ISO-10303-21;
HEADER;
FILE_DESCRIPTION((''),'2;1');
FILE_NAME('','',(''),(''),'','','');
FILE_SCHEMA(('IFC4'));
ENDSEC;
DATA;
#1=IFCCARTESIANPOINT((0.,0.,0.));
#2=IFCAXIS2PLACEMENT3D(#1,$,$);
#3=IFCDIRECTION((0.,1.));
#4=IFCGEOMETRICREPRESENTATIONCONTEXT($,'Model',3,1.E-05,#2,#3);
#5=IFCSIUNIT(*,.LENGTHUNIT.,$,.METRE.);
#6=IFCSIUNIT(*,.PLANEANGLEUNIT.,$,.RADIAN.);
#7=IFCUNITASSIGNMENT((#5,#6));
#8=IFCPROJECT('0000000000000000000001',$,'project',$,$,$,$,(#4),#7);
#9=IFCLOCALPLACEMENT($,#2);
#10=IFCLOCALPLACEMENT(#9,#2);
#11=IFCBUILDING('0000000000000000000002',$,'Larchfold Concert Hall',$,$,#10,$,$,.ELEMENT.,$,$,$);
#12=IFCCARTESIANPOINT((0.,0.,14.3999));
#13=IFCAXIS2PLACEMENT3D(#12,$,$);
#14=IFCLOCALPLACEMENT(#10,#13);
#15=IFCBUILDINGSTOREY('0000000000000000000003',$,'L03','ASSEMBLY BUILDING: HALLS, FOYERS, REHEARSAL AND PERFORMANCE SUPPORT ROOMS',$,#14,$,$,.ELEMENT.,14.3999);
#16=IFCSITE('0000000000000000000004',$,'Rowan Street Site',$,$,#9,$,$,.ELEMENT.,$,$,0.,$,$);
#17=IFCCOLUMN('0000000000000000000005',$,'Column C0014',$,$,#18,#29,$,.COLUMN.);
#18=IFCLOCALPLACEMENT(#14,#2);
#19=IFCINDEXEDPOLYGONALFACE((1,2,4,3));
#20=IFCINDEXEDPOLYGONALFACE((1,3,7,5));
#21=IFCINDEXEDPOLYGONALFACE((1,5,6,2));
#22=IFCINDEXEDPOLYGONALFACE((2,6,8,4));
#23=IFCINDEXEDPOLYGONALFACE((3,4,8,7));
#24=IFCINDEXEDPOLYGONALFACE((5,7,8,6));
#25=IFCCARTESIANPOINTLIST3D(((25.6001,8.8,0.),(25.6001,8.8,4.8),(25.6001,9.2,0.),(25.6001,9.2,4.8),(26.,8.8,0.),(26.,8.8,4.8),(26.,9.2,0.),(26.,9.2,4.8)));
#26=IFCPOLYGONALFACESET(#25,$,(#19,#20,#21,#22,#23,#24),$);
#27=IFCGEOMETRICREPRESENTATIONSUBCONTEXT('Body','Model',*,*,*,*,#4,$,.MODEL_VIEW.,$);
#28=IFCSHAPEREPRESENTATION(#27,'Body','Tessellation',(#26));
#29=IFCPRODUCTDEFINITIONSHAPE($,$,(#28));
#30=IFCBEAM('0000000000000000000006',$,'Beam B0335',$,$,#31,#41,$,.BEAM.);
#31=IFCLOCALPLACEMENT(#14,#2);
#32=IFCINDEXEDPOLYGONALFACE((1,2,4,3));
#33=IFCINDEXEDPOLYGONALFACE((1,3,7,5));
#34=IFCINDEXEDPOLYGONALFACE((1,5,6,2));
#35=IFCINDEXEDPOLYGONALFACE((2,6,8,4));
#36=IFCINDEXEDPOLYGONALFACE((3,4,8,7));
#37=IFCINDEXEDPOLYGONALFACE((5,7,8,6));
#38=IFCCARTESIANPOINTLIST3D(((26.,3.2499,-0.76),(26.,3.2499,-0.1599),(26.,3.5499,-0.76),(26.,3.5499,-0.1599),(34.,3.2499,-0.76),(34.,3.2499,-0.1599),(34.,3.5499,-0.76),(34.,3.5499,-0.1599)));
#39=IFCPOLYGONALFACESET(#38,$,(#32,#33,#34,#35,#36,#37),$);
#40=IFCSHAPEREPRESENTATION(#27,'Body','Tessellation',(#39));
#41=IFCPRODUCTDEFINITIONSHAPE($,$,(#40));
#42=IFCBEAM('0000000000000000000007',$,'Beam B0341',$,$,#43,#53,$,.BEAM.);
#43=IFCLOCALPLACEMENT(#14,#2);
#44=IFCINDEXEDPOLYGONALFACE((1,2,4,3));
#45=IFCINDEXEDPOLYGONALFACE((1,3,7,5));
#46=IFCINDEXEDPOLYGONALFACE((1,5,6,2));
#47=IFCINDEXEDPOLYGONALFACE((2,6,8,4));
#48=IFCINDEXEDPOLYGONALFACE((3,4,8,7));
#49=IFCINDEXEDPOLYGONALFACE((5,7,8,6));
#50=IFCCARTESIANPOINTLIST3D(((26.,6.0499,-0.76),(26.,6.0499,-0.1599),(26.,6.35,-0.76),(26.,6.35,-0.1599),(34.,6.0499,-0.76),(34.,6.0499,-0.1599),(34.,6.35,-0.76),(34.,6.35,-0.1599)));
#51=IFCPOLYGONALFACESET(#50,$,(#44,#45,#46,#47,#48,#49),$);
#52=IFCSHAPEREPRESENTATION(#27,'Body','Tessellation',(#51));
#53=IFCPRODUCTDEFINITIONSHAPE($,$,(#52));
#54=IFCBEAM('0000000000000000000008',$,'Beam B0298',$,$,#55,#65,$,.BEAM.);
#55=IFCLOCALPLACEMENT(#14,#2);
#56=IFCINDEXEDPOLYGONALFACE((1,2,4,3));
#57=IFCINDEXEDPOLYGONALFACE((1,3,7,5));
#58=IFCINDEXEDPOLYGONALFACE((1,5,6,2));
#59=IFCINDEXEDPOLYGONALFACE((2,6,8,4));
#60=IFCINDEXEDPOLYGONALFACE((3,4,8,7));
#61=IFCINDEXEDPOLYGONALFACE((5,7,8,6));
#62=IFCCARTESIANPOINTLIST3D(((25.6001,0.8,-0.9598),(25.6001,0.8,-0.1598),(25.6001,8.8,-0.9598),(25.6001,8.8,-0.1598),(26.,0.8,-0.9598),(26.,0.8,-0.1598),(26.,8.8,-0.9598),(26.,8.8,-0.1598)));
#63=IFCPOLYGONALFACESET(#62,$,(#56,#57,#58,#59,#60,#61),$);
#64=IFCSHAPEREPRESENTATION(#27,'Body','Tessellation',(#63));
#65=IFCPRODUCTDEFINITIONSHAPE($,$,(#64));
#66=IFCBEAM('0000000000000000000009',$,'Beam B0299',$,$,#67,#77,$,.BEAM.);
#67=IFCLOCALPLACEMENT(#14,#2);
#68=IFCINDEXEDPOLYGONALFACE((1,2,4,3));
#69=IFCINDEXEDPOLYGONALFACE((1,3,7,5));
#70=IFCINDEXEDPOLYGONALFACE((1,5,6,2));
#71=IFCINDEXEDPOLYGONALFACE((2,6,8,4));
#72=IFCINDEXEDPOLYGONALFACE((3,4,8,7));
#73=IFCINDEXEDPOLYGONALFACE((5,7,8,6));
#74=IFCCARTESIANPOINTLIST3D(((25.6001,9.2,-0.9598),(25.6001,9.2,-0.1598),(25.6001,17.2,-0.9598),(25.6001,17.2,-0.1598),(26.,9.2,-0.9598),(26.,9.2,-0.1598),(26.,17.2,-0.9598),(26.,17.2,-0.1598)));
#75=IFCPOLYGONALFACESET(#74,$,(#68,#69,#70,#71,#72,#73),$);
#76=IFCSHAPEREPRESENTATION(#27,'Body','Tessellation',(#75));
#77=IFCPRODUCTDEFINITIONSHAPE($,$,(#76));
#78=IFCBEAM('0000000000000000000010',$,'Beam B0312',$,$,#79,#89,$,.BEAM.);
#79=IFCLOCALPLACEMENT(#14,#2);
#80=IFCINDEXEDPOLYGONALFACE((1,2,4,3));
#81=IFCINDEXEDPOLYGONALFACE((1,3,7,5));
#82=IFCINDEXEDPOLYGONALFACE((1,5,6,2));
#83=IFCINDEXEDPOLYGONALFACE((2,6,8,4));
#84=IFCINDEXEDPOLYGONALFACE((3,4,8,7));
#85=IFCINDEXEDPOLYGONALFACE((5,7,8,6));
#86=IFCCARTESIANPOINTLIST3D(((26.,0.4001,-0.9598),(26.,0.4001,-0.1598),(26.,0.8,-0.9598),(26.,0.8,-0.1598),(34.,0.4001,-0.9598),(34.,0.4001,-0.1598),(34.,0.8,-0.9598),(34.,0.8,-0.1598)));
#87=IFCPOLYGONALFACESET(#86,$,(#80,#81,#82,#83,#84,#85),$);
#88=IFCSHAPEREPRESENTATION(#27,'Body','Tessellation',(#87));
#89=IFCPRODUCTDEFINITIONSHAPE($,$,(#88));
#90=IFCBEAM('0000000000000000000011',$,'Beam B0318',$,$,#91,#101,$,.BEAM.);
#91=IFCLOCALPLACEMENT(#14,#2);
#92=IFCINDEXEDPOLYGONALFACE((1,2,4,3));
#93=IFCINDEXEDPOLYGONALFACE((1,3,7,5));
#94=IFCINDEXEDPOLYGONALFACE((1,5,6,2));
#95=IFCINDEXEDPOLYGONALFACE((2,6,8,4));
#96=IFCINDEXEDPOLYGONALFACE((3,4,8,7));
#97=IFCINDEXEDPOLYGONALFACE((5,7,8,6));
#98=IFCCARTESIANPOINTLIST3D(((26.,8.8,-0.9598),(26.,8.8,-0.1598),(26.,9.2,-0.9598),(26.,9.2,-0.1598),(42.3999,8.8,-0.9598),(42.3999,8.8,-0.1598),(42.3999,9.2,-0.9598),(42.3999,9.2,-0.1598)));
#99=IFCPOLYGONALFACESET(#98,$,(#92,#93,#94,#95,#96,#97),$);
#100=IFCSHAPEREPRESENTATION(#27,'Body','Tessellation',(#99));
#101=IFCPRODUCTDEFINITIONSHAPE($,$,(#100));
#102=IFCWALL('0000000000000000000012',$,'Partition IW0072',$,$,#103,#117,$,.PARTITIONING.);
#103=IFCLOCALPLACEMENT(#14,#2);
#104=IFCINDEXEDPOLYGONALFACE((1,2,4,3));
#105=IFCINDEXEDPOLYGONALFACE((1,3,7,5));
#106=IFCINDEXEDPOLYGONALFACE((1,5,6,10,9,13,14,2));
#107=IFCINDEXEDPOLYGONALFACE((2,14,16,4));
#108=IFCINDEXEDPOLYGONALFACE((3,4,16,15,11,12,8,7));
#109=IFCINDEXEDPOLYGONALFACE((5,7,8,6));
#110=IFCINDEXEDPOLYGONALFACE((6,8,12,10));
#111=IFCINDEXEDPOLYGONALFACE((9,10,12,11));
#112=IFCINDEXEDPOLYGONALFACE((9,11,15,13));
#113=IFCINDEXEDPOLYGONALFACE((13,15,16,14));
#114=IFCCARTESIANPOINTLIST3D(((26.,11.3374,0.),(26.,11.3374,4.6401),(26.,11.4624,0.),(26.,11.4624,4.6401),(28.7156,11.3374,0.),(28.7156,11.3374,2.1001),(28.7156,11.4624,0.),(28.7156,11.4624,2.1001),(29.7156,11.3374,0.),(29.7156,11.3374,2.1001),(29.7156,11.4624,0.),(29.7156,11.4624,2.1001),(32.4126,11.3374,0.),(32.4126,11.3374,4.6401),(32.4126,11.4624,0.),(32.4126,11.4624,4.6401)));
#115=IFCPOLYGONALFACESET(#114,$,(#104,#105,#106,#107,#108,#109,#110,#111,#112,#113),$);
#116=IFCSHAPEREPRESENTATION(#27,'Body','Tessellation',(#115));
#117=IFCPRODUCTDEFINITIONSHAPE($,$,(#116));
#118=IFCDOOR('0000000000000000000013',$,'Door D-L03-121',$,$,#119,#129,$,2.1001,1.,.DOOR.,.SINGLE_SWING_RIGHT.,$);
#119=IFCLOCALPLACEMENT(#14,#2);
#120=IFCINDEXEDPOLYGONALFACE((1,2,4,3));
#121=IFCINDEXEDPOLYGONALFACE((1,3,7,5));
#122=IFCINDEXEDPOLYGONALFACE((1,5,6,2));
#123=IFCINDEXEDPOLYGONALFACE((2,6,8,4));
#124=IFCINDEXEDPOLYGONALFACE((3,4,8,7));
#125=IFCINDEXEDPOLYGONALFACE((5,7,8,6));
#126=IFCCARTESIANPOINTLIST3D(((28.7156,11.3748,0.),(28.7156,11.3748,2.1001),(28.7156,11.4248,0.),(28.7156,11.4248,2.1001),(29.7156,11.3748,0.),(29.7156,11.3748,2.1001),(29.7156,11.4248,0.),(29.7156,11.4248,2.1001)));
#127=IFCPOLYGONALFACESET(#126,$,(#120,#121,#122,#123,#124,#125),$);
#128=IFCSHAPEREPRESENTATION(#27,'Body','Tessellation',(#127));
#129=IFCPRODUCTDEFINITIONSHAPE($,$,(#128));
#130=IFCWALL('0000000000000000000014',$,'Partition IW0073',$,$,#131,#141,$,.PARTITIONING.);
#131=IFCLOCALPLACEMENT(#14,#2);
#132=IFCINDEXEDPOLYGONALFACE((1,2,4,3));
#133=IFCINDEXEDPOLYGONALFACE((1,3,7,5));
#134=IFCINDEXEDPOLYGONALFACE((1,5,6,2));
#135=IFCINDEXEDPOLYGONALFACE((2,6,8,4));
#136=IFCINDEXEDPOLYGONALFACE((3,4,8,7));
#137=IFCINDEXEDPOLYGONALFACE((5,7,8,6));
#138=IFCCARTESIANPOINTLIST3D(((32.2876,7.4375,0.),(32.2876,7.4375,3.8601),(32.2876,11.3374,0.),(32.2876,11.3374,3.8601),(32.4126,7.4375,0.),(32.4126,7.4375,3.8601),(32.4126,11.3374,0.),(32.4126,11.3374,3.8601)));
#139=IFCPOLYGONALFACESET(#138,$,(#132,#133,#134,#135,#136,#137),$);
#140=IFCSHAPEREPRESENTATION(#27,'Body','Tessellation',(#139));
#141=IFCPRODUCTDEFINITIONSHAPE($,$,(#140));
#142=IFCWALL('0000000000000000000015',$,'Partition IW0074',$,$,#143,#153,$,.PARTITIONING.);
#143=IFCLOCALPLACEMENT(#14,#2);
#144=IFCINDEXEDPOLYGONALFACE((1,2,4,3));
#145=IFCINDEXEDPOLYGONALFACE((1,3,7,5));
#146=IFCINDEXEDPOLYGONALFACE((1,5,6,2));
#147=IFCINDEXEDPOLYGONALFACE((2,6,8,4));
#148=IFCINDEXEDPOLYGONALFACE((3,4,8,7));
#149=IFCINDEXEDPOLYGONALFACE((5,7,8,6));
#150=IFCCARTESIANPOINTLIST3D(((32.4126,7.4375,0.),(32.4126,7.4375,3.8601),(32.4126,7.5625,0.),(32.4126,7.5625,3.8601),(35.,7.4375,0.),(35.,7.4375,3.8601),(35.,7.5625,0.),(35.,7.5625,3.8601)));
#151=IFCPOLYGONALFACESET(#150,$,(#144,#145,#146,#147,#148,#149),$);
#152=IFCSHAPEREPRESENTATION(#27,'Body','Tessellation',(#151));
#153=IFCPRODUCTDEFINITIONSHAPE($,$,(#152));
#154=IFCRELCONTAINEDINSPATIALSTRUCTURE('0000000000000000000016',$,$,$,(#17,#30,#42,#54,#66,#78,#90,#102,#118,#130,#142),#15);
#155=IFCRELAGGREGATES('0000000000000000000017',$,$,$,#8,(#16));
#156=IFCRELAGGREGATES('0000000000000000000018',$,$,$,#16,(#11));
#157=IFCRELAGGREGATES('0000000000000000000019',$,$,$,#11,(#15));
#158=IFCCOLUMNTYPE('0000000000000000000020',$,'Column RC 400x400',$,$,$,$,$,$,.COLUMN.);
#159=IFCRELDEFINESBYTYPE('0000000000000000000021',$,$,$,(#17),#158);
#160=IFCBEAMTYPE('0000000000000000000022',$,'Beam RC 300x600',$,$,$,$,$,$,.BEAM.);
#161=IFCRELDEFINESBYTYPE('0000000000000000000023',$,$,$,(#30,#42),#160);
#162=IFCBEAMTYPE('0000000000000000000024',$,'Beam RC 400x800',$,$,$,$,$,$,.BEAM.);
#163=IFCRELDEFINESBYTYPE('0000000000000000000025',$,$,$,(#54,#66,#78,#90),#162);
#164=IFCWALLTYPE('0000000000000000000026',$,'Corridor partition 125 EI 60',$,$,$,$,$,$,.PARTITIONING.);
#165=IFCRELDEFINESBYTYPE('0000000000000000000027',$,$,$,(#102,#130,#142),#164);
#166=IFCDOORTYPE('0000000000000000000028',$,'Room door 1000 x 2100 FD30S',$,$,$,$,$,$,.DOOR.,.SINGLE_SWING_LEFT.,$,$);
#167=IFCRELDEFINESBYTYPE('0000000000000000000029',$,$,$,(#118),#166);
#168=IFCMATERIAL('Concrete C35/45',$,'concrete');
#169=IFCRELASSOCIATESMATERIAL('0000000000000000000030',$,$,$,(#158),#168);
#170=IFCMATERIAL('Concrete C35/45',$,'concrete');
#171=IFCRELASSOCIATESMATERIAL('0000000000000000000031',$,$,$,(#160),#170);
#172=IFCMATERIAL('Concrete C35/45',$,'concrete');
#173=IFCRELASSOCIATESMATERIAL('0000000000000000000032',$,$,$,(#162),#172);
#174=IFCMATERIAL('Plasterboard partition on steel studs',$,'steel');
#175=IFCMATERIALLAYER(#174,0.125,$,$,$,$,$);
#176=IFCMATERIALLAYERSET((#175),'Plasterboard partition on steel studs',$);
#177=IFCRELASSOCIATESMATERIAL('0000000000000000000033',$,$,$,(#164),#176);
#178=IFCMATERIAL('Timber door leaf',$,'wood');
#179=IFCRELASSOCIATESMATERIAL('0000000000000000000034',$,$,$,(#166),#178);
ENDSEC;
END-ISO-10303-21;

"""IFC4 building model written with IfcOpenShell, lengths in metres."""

from ifc_helpers import new_model, si_unit, direction, frame, frame_2d, origin, origin_2d, place, context, subcontext, project, spatial, rectangle, extrude, material, layer, layer_set, material_profile, profile_set, type_object, element, fill, save


model = new_model("IFC4")

# Units and contexts
model_context = context("Model", 3, precision=1e-05, world=origin(), true_north=direction((0.0, 1.0)))
body_context = subcontext(model_context, "Body", "Model", "MODEL_VIEW")
ifc_project = project(units=[si_unit("LENGTHUNIT", "METRE"), si_unit("PLANEANGLEUNIT", "RADIAN")], contexts=[model_context])

# Site, building, storey
site_placement = place(None, origin())
site = spatial("IfcSite", under=ifc_project, at=site_placement, Name="Rowan Street Site", CompositionType="ELEMENT", RefElevation=0.0)
building_placement = place(site_placement, origin())
building = spatial("IfcBuilding", under=site, at=building_placement, Name="Larchfold Concert Hall", CompositionType="ELEMENT")
storey_placement = place(building_placement, frame((0.0, 0.0, 14.3999)))
storey = spatial("IfcBuildingStorey", under=building, at=storey_placement, Name="L03", Description="ASSEMBLY BUILDING: HALLS, FOYERS, REHEARSAL AND PERFORMANCE SUPPORT ROOMS", CompositionType="ELEMENT", Elevation=14.3999)

# Column
ifc_material_1 = material(Name="Concrete C35/45", Category="concrete")
ifc_material_profile_1 = material_profile(ifc_material_1, rectangle(XDim=0.3999, YDim=0.3999, at=origin_2d()))
ifc_profile_set_1 = profile_set([ifc_material_profile_1], Name="Concrete C35/45")
column_type = type_object("IfcColumnType", Name="Column RC 400x400", PredefinedType="COLUMN", material=ifc_profile_set_1)
column_placement = place(storey_placement, frame((25.8, 9.0, 0.0), z_axis=(0.0, 0.0, 1.0), x_axis=(1.0, 0.0, 0.0)))
element("IfcColumn", 1, at=column_placement, inside=storey, type_object=column_type, Name="Column C0014", PredefinedType="COLUMN", context=body_context, shape_type="SweptSolid", body=[
    extrude(rectangle(XDim=0.3999, YDim=0.3999, at=origin_2d()), origin(), (0.0, 0.0, 1.0), 4.8),
])

# Beams
ifc_material_2 = material(Name="Concrete C35/45", Category="concrete")
ifc_material_profile_2 = material_profile(ifc_material_2, rectangle(XDim=0.3, YDim=0.6001, at=origin_2d()))
ifc_profile_set_2 = profile_set([ifc_material_profile_2], Name="Concrete C35/45")
beam_type_1 = type_object("IfcBeamType", Name="Beam RC 300x600", PredefinedType="BEAM", material=ifc_profile_set_2)
for number, where, z_axis, x_axis, name in (
    (2, (26.0, 3.3999, -0.46), (1.0, 0.0, 0.0), (0.0, 1.0, 0.0), "Beam B0335"),
    (3, (26.0, 6.2, -0.46), (1.0, 0.0, 0.0), (0.0, 1.0, 0.0), "Beam B0341"),
):
    element("IfcBeam", number, at=place(storey_placement, frame(where, z_axis=z_axis, x_axis=x_axis)), inside=storey, type_object=beam_type_1, Name=name, PredefinedType="BEAM", context=body_context, shape_type="SweptSolid", body=[
        extrude(rectangle(XDim=0.3, YDim=0.6001, at=origin_2d()), origin(), (0.0, 0.0, 1.0), 8.0),
    ])
ifc_material_3 = material(Name="Concrete C35/45", Category="concrete")
ifc_material_profile_3 = material_profile(ifc_material_3, rectangle(XDim=0.3999, YDim=0.8, at=origin_2d()))
ifc_profile_set_3 = profile_set([ifc_material_profile_3], Name="Concrete C35/45")
beam_type_2 = type_object("IfcBeamType", Name="Beam RC 400x800", PredefinedType="BEAM", material=ifc_profile_set_3)
for number, where, z_axis, x_axis, name in (
    (4, (25.8, 0.8, -0.5598), (0.0, 1.0, 0.0), (-1.0, 0.0, 0.0), "Beam B0298"),
    (5, (25.8, 9.2, -0.5598), (0.0, 1.0, 0.0), (-1.0, 0.0, 0.0), "Beam B0299"),
    (6, (26.0, 0.6001, -0.5598), (1.0, 0.0, 0.0), (0.0, 1.0, 0.0), "Beam B0312"),
):
    element("IfcBeam", number, at=place(storey_placement, frame(where, z_axis=z_axis, x_axis=x_axis)), inside=storey, type_object=beam_type_2, Name=name, PredefinedType="BEAM", context=body_context, shape_type="SweptSolid", body=[
        extrude(rectangle(XDim=0.3999, YDim=0.8, at=origin_2d()), origin(), (0.0, 0.0, 1.0), 8.0),
    ])
beam_placement = place(storey_placement, frame((26.0, 9.0, -0.5598), z_axis=(1.0, 0.0, 0.0), x_axis=(0.0, 1.0, 0.0)))
element("IfcBeam", 7, at=beam_placement, inside=storey, type_object=beam_type_2, Name="Beam B0318", PredefinedType="BEAM", context=body_context, shape_type="SweptSolid", body=[
    extrude(rectangle(XDim=0.3999, YDim=0.8, at=origin_2d()), origin(), (0.0, 0.0, 1.0), 16.3999),
])

# Wall, opening, door
ifc_material_4 = material(Name="Plasterboard partition on steel studs", Category="steel")
ifc_layer_1 = layer(ifc_material_4, 0.125)
ifc_layer_set_1 = layer_set([ifc_layer_1], Name="Plasterboard partition on steel studs")
wall_type_1 = type_object("IfcWallType", Name="Corridor partition 125 EI 60", PredefinedType="PARTITIONING", material=ifc_layer_set_1)
wall_1_placement = place(storey_placement, frame((26.0, 11.3999, 0.0), z_axis=(0.0, 0.0, 1.0), x_axis=(1.0, 0.0, 0.0)))
wall_1 = element("IfcWall", 8, at=wall_1_placement, inside=storey, type_object=wall_type_1, Name="Partition IW0072", PredefinedType="PARTITIONING", context=body_context, shape_type="SweptSolid", body=[
    extrude(rectangle(XDim=6.4126, YDim=0.125, at=frame_2d((3.2063, 0.0))), origin(), (0.0, 0.0, 1.0), 4.6401),
])
opening_1_placement = place(wall_1_placement, frame((2.7156, 0.0, 0.0)))
opening_1 = element("IfcOpeningElement", 9, at=opening_1_placement, cuts=wall_1, PredefinedType="OPENING", context=body_context, shape_type="SweptSolid", body=[
    extrude(rectangle(XDim=1.0, YDim=2.1001, at=frame_2d((0.5, 1.05))), frame((0.0, 0.0725, 0.0), z_axis=(0.0, -1.0, 0.0), x_axis=(1.0, 0.0, 0.0)), (0.0, 0.0, 1.0), 0.145),
])
ifc_material_5 = material(Name="Timber door leaf", Category="wood")
door_type = type_object("IfcDoorType", Name="Room door 1000 x 2100 FD30S", OperationType="SINGLE_SWING_LEFT", PredefinedType="DOOR", material=ifc_material_5)
door_placement = place(opening_1_placement, origin())
door = element("IfcDoor", 10, at=door_placement, inside=storey, type_object=door_type, Name="Door D-L03-121", OperationType="SINGLE_SWING_RIGHT", OverallHeight=2.1001, OverallWidth=1.0, PredefinedType="DOOR", context=body_context, shape_type="SweptSolid", body=[
    extrude(rectangle(XDim=1.0, YDim=2.1001, at=frame_2d((0.5, 1.05))), frame((0.0, 0.0249, 0.0), z_axis=(0.0, -1.0, 0.0), x_axis=(1.0, 0.0, 0.0)), (0.0, 0.0, 1.0), 0.05),
])
fill(opening_1, door)

# Walls
wall_2_placement = place(storey_placement, frame((32.3501, 11.3374, 0.0), z_axis=(0.0, 0.0, 1.0), x_axis=(0.0, -1.0, 0.0)))
element("IfcWall", 11, at=wall_2_placement, inside=storey, type_object=wall_type_1, Name="Partition IW0073", PredefinedType="PARTITIONING", context=body_context, shape_type="SweptSolid", body=[
    extrude(rectangle(XDim=3.8999, YDim=0.125, at=frame_2d((1.95, 0.0))), origin(), (0.0, 0.0, 1.0), 3.8601),
])
wall_3_placement = place(storey_placement, frame((32.4126, 7.5, 0.0), z_axis=(0.0, 0.0, 1.0), x_axis=(1.0, 0.0, 0.0)))
element("IfcWall", 12, at=wall_3_placement, inside=storey, type_object=wall_type_1, Name="Partition IW0074", PredefinedType="PARTITIONING", context=body_context, shape_type="SweptSolid", body=[
    extrude(rectangle(XDim=2.5874, YDim=0.125, at=frame_2d((1.2937, 0.0))), origin(), (0.0, 0.0, 1.0), 3.8601),
])

save(model, "model.ifc")
